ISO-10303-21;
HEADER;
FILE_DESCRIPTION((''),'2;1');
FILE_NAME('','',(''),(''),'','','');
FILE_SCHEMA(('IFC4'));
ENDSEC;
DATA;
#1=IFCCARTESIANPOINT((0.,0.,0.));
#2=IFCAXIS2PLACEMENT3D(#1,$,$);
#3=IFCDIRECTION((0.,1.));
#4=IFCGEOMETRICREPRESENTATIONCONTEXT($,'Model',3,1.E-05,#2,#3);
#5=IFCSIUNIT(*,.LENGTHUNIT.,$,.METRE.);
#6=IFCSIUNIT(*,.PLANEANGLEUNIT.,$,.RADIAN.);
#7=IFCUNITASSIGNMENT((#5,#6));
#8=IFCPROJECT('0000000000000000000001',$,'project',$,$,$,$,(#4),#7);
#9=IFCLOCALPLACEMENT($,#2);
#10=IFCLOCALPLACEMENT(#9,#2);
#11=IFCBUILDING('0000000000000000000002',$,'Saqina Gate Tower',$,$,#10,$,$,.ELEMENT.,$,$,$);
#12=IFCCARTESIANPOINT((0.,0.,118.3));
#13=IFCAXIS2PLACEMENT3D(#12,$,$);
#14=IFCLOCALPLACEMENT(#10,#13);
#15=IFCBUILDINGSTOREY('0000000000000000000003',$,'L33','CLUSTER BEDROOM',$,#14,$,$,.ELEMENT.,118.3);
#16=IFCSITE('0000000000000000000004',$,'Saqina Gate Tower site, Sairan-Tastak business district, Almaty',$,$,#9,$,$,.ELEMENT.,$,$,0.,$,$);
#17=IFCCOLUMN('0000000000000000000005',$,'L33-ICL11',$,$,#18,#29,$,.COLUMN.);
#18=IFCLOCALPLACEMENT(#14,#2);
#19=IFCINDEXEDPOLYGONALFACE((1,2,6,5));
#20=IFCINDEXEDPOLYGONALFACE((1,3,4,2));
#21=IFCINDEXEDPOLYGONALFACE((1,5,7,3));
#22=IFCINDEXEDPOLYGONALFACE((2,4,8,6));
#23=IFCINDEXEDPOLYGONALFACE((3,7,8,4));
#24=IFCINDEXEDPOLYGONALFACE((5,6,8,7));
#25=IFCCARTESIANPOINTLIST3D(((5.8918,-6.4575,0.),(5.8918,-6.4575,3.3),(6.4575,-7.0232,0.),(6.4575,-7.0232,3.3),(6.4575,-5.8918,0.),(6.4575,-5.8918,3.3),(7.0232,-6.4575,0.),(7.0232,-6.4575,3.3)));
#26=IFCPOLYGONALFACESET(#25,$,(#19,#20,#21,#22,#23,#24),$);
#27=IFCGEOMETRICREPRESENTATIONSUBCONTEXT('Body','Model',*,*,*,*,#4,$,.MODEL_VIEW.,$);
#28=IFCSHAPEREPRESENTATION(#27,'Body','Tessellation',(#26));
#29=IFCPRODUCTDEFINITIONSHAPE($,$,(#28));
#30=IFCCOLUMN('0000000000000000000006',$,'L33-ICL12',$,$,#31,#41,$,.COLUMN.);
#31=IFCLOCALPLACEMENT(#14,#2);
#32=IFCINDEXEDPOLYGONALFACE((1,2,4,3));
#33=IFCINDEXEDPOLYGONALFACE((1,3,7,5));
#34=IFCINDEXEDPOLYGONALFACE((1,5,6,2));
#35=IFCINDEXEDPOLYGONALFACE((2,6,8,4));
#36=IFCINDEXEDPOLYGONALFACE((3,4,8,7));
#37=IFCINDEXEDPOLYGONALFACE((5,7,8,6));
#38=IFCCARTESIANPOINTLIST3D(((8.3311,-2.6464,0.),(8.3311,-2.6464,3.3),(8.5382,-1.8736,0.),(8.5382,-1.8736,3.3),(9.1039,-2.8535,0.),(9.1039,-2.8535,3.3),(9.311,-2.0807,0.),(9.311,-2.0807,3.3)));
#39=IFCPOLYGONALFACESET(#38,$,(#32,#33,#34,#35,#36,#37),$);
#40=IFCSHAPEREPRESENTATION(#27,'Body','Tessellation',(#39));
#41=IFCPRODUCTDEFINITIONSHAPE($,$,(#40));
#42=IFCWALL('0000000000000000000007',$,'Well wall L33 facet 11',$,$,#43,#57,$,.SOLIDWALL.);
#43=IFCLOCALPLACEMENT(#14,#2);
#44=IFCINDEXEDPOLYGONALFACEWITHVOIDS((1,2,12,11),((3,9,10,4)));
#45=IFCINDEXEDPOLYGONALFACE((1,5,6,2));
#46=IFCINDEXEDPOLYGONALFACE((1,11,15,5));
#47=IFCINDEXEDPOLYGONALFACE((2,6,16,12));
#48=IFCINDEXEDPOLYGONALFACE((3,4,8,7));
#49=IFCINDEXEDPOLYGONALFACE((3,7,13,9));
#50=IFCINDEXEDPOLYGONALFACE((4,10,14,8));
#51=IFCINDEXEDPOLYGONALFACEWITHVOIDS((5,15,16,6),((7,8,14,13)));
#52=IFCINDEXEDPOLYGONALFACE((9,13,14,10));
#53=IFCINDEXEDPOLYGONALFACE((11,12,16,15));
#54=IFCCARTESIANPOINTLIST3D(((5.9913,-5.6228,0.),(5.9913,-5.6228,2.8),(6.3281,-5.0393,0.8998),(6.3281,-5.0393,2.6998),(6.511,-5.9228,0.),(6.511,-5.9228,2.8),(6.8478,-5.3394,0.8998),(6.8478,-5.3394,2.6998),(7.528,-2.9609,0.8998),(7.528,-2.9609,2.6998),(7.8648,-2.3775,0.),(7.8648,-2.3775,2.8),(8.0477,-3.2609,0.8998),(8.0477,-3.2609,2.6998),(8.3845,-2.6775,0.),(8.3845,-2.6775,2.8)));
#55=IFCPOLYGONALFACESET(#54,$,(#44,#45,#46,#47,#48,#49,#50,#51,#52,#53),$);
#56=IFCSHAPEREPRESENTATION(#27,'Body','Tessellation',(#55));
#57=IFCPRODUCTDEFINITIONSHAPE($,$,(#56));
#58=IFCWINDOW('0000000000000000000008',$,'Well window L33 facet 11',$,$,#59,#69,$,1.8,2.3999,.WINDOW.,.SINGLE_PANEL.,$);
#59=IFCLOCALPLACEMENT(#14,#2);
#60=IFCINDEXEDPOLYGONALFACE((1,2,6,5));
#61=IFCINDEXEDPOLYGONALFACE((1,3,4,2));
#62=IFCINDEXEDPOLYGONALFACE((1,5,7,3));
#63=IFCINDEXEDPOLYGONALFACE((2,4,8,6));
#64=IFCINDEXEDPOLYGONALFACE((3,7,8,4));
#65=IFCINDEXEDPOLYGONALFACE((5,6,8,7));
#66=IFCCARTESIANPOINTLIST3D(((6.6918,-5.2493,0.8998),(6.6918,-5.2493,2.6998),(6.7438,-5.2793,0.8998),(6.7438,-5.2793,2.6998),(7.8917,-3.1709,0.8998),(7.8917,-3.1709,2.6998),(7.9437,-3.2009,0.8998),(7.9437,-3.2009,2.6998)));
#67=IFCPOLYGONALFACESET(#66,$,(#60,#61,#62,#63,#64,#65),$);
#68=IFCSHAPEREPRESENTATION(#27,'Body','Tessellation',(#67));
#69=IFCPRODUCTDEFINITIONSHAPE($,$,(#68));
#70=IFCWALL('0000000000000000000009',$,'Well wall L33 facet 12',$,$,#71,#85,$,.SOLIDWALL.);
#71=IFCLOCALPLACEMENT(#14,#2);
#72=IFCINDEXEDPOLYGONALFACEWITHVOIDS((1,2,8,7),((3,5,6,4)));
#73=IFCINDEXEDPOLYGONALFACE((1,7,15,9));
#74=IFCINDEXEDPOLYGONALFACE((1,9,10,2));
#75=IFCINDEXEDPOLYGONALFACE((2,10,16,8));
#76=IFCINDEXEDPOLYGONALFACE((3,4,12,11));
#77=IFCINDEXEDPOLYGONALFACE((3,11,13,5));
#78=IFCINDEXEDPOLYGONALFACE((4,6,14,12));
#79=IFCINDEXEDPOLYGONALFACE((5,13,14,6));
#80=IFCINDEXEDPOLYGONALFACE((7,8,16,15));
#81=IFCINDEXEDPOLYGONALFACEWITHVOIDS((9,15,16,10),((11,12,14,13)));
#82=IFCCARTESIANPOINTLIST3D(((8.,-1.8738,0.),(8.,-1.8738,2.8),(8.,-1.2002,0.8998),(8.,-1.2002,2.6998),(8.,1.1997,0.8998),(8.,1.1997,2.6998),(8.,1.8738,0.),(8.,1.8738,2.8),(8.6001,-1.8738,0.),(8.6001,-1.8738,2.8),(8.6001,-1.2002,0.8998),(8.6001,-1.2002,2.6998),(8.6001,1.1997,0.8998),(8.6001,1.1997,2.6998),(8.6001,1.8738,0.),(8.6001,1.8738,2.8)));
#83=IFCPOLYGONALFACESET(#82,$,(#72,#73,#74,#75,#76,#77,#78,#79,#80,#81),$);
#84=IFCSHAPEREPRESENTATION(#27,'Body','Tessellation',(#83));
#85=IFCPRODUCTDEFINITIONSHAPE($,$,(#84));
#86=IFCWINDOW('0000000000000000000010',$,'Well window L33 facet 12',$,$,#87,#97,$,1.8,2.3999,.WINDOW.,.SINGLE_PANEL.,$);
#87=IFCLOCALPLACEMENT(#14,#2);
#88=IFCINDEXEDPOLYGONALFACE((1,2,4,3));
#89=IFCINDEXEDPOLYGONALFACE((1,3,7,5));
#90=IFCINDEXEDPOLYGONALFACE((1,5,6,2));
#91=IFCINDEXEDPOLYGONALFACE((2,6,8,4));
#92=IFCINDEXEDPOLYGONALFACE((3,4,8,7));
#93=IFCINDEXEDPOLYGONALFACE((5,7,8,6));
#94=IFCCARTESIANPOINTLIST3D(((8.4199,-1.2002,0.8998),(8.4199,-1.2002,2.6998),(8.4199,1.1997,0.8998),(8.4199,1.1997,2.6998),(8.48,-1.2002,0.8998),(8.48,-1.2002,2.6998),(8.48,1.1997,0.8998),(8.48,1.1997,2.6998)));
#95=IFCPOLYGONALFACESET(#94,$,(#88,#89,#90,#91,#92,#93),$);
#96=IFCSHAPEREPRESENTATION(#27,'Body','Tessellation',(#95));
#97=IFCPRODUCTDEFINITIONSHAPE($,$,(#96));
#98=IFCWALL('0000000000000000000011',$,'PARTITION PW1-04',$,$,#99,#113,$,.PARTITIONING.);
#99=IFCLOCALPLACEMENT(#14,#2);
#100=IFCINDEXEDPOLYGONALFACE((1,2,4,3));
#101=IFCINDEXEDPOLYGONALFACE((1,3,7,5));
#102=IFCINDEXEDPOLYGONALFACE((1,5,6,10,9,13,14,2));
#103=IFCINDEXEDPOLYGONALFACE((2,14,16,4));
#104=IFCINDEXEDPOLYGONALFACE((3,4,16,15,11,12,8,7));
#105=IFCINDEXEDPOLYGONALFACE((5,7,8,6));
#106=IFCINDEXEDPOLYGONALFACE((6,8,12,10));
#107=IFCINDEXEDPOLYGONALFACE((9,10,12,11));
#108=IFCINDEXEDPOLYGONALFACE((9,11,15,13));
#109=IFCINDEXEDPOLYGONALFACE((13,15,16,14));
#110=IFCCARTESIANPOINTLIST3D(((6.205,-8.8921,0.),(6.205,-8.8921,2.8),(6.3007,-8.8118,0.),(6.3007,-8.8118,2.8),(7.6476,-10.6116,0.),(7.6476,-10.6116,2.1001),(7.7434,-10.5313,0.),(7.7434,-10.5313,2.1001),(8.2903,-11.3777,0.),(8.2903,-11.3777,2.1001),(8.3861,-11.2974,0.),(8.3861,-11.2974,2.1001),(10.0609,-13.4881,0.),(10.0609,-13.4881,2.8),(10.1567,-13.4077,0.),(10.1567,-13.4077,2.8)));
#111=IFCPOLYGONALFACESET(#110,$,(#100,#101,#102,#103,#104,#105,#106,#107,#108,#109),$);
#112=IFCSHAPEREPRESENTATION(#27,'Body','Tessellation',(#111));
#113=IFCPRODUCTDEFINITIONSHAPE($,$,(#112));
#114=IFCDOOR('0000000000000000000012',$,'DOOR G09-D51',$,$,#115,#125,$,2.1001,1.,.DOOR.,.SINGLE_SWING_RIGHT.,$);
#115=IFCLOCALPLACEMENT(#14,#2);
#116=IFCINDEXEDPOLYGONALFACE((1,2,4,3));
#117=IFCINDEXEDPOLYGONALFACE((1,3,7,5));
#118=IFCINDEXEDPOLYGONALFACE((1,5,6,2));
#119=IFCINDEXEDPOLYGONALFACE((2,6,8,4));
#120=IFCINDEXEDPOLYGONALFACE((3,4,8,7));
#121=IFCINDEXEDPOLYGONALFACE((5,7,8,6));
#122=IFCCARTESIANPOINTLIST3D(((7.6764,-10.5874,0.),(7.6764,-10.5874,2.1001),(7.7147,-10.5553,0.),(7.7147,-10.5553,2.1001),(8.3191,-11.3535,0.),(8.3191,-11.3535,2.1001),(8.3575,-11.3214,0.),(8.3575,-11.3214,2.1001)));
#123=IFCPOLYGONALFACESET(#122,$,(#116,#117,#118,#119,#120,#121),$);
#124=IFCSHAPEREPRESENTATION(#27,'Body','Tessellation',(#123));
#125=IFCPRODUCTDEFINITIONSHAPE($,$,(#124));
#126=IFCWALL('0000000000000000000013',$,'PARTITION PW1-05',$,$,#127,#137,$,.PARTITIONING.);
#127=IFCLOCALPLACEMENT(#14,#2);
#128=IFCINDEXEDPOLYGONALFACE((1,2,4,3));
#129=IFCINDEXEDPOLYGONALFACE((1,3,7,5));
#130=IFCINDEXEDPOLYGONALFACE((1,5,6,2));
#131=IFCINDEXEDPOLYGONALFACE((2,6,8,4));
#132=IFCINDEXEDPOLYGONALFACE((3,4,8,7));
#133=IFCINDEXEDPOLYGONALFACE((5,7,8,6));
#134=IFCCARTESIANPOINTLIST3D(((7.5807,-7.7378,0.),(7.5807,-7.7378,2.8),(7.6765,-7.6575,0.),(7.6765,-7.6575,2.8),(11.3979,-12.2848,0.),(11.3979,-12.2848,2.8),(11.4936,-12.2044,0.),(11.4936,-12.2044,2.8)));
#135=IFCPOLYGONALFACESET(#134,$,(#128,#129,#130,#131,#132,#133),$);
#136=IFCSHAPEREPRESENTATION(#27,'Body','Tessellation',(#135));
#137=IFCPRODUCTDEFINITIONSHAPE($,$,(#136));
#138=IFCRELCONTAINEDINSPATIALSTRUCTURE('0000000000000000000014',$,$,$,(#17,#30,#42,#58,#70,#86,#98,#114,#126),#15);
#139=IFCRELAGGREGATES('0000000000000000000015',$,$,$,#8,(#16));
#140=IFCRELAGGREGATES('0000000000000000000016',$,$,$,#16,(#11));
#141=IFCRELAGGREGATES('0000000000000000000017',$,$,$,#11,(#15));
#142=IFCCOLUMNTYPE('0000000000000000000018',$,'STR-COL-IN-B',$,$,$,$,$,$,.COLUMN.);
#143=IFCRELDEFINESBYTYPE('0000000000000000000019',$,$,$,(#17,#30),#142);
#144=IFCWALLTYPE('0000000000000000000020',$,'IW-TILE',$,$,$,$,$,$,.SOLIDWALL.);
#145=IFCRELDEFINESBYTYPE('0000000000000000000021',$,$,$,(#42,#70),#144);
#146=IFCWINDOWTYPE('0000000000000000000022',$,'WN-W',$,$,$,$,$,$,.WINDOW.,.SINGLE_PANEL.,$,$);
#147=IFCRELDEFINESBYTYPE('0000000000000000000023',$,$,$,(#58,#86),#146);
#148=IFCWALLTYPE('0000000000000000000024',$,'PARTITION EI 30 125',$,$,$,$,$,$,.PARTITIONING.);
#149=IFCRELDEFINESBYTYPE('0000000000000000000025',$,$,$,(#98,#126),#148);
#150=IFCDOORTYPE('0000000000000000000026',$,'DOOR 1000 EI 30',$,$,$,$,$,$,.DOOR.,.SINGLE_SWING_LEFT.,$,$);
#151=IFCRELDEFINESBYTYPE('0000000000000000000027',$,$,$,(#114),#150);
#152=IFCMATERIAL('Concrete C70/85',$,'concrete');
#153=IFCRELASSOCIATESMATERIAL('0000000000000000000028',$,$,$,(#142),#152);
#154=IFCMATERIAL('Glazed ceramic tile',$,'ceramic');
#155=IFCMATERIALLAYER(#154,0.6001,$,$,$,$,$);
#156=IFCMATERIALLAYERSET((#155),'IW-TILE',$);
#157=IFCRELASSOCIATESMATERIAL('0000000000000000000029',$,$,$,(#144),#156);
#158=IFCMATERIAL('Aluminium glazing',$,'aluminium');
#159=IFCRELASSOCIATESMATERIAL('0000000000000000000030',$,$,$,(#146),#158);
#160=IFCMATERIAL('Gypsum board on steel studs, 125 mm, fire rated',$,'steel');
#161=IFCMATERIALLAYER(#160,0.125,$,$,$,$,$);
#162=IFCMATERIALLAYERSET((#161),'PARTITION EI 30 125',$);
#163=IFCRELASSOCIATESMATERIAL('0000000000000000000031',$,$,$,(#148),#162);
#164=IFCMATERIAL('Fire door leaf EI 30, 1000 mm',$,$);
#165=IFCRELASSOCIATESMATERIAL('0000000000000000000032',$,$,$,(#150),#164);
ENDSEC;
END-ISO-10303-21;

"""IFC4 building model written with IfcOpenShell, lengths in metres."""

from ifc_helpers import new_model, si_unit, direction, frame, frame_2d, origin, origin_2d, place, context, subcontext, project, spatial, rectangle, extrude, material, layer, layer_set, material_profile, profile_set, type_object, element, fill, save


model = new_model("IFC4")

# Units and contexts
model_context = context("Model", 3, precision=1e-05, world=origin(), true_north=direction((0.0, 1.0)))
body_context = subcontext(model_context, "Body", "Model", "MODEL_VIEW")
ifc_project = project(units=[si_unit("LENGTHUNIT", "METRE"), si_unit("PLANEANGLEUNIT", "RADIAN")], contexts=[model_context])

# Site, building, storey
site_placement = place(None, origin())
site = spatial("IfcSite", under=ifc_project, at=site_placement, Name="Saqina Gate Tower site, Sairan-Tastak business district, Almaty", CompositionType="ELEMENT", RefElevation=0.0)
building_placement = place(site_placement, origin())
building = spatial("IfcBuilding", under=site, at=building_placement, Name="Saqina Gate Tower", CompositionType="ELEMENT")
storey_placement = place(building_placement, frame((0.0, 0.0, 118.3)))
storey = spatial("IfcBuildingStorey", under=building, at=storey_placement, Name="L33", Description="CLUSTER BEDROOM", CompositionType="ELEMENT", Elevation=118.3)

# Columns
ifc_material_1 = material(Name="Concrete C70/85", Category="concrete")
ifc_material_profile = material_profile(ifc_material_1, rectangle(XDim=0.8, YDim=0.8, at=origin_2d()), Name="RC 800x800")
ifc_profile_set = profile_set([ifc_material_profile], Name="Concrete C70/85")
column_type = type_object("IfcColumnType", Name="STR-COL-IN-B", PredefinedType="COLUMN", material=ifc_profile_set)
for number, where, z_axis, x_axis, name in (
    (1, (6.4575, -6.4575, 0.0), (0.0, 0.0, 1.0), (0.707107, -0.707107, 0.0), "L33-ICL11"),
    (2, (8.821, -2.3635, 0.0), (0.0, 0.0, 1.0), (0.965926, -0.258819, 0.0), "L33-ICL12"),
):
    element("IfcColumn", number, at=place(storey_placement, frame(where, z_axis=z_axis, x_axis=x_axis)), inside=storey, type_object=column_type, Name=name, PredefinedType="COLUMN", context=body_context, shape_type="SweptSolid", body=[
        extrude(rectangle(XDim=0.8, YDim=0.8, at=origin_2d()), origin(), (0.0, 0.0, 1.0), 3.3),
    ])

# Walls, openings, windows
ifc_material_2 = material(Name="Glazed ceramic tile", Category="ceramic")
ifc_layer_1 = layer(ifc_material_2, 0.6001)
ifc_layer_set_1 = layer_set([ifc_layer_1], Name="IW-TILE")
wall_type_1 = type_object("IfcWallType", Name="IW-TILE", PredefinedType="SOLIDWALL", material=ifc_layer_set_1)
wall_1_placement = place(storey_placement, frame((6.2512, -5.7727, 0.0), z_axis=(0.0, 0.0, 1.0), x_axis=(0.499965, 0.866046, 0.0)))
wall_1 = element("IfcWall", 3, at=wall_1_placement, inside=storey, type_object=wall_type_1, Name="Well wall L33 facet 11", PredefinedType="SOLIDWALL", context=body_context, shape_type="SweptSolid", body=[
    extrude(rectangle(XDim=3.7473, YDim=0.6001, at=frame_2d((1.8735, 0.0))), origin(), (0.0, 0.0, 1.0), 2.8),
])
opening_1_placement = place(wall_1_placement, frame((0.6736, 0.0, 0.8999)))
opening_1 = element("IfcOpeningElement", 4, at=opening_1_placement, cuts=wall_1, PredefinedType="OPENING", context=body_context, shape_type="SweptSolid", body=[
    extrude(rectangle(XDim=2.3999, YDim=1.8, at=frame_2d((1.2, 0.8999))), frame((0.0, 0.312, 0.0), z_axis=(0.0, -1.0, 0.0), x_axis=(1.0, 0.0, 0.0)), (0.0, 0.0, 1.0), 0.624),
])
ifc_material_3 = material(Name="Aluminium glazing", Category="aluminium")
window_type = type_object("IfcWindowType", Name="WN-W", PartitioningType="SINGLE_PANEL", PredefinedType="WINDOW", material=ifc_material_3)
window_1_placement = place(opening_1_placement, origin())
window_1 = element("IfcWindow", 5, at=window_1_placement, inside=storey, type_object=window_type, Name="Well window L33 facet 11", OverallHeight=1.8, OverallWidth=2.3999, PartitioningType="SINGLE_PANEL", PredefinedType="WINDOW", context=body_context, shape_type="SweptSolid", body=[
    extrude(rectangle(XDim=2.3999, YDim=1.8, at=frame_2d((1.2, 0.8999))), frame((0.0, -0.1199, 0.0), z_axis=(0.0, -1.0, 0.0), x_axis=(1.0, 0.0, 0.0)), (0.0, 0.0, 1.0), 0.0601),
])
fill(opening_1, window_1)
wall_2_placement = place(storey_placement, frame((8.3, -1.8738, 0.0), z_axis=(0.0, 0.0, 1.0), x_axis=(0.0, 1.0, 0.0)))
wall_2 = element("IfcWall", 6, at=wall_2_placement, inside=storey, type_object=wall_type_1, Name="Well wall L33 facet 12", PredefinedType="SOLIDWALL", context=body_context, shape_type="SweptSolid", body=[
    extrude(rectangle(XDim=3.7476, YDim=0.6001, at=frame_2d((1.8738, 0.0))), origin(), (0.0, 0.0, 1.0), 2.8),
])
opening_2_placement = place(wall_2_placement, frame((0.6736, 0.0, 0.8999)))
opening_2 = element("IfcOpeningElement", 7, at=opening_2_placement, cuts=wall_2, PredefinedType="OPENING", context=body_context, shape_type="SweptSolid", body=[
    extrude(rectangle(XDim=2.3999, YDim=1.8, at=frame_2d((1.2, 0.8999))), frame((0.0, 0.312, 0.0), z_axis=(0.0, -1.0, 0.0), x_axis=(1.0, 0.0, 0.0)), (0.0, 0.0, 1.0), 0.624),
])
window_2_placement = place(opening_2_placement, origin())
window_2 = element("IfcWindow", 8, at=window_2_placement, inside=storey, type_object=window_type, Name="Well window L33 facet 12", OverallHeight=1.8, OverallWidth=2.3999, PartitioningType="SINGLE_PANEL", PredefinedType="WINDOW", context=body_context, shape_type="SweptSolid", body=[
    extrude(rectangle(XDim=2.3999, YDim=1.8, at=frame_2d((1.2, 0.8999))), frame((0.0, -0.1199, 0.0), z_axis=(0.0, -1.0, 0.0), x_axis=(1.0, 0.0, 0.0)), (0.0, 0.0, 1.0), 0.0601),
])
fill(opening_2, window_2)

# Wall, opening, door
ifc_material_4 = material(Name="Gypsum board on steel studs, 125 mm, fire rated", Category="steel")
ifc_layer_2 = layer(ifc_material_4, 0.125)
ifc_layer_set_2 = layer_set([ifc_layer_2], Name="PARTITION EI 30 125")
wall_type_2 = type_object("IfcWallType", Name="PARTITION EI 30 125", PredefinedType="PARTITIONING", material=ifc_layer_set_2)
wall_3_placement = place(storey_placement, frame((6.2529, -8.8521, 0.0), z_axis=(0.0, 0.0, 1.0), x_axis=(0.642739, -0.766086, 0.0)))
wall_3 = element("IfcWall", 9, at=wall_3_placement, inside=storey, type_object=wall_type_2, Name="PARTITION PW1-04", PredefinedType="PARTITIONING", context=body_context, shape_type="SweptSolid", body=[
    extrude(rectangle(XDim=5.9993, YDim=0.125, at=frame_2d((2.9995, 0.0))), origin(), (0.0, 0.0, 1.0), 2.8),
])
opening_3_placement = place(wall_3_placement, frame((2.2444, 0.0, 0.0)))
opening_3 = element("IfcOpeningElement", 10, at=opening_3_placement, cuts=wall_3, PredefinedType="OPENING", context=body_context, shape_type="SweptSolid", body=[
    extrude(rectangle(XDim=1.0, YDim=2.1001, at=frame_2d((0.5, 1.05))), frame((0.0, 0.0745, 0.0), z_axis=(0.0, -1.0, 0.0), x_axis=(1.0, 0.0, 0.0)), (0.0, 0.0, 1.0), 0.1489),
])
ifc_material_5 = material(Name="Fire door leaf EI 30, 1000 mm")
door_type_1 = type_object("IfcDoorType", Name="DOOR 1000 EI 30", OperationType="SINGLE_SWING_LEFT", PredefinedType="DOOR", material=ifc_material_5)
door_1_placement = place(opening_3_placement, frame((1.0, 0.0, 0.0), z_axis=(0.0, 0.0, 1.0), x_axis=(-1.0, 0.0, 0.0)))
door_1 = element("IfcDoor", 11, at=door_1_placement, inside=storey, type_object=door_type_1, Name="DOOR G09-D51", OperationType="SINGLE_SWING_RIGHT", OverallHeight=2.1001, OverallWidth=1.0, PredefinedType="DOOR", context=body_context, shape_type="SweptSolid", body=[
    extrude(rectangle(XDim=1.0, YDim=2.1001, at=frame_2d((0.5, 1.05))), frame((0.0, 0.0249, 0.0), z_axis=(0.0, -1.0, 0.0), x_axis=(1.0, 0.0, 0.0)), (0.0, 0.0, 1.0), 0.05),
])
fill(opening_3, door_1)

# Wall
wall_4_placement = place(storey_placement, frame((7.6287, -7.6978, 0.0), z_axis=(0.0, 0.0, 1.0), x_axis=(0.642971, -0.76589, 0.0)))
element("IfcWall", 12, at=wall_4_placement, inside=storey, type_object=wall_type_2, Name="PARTITION PW1-05", PredefinedType="PARTITIONING", context=body_context, shape_type="SweptSolid", body=[
    extrude(rectangle(XDim=5.9368, YDim=0.125, at=frame_2d((2.9683, 0.0))), origin(), (0.0, 0.0, 1.0), 2.8),
])

save(model, "model.ifc")
